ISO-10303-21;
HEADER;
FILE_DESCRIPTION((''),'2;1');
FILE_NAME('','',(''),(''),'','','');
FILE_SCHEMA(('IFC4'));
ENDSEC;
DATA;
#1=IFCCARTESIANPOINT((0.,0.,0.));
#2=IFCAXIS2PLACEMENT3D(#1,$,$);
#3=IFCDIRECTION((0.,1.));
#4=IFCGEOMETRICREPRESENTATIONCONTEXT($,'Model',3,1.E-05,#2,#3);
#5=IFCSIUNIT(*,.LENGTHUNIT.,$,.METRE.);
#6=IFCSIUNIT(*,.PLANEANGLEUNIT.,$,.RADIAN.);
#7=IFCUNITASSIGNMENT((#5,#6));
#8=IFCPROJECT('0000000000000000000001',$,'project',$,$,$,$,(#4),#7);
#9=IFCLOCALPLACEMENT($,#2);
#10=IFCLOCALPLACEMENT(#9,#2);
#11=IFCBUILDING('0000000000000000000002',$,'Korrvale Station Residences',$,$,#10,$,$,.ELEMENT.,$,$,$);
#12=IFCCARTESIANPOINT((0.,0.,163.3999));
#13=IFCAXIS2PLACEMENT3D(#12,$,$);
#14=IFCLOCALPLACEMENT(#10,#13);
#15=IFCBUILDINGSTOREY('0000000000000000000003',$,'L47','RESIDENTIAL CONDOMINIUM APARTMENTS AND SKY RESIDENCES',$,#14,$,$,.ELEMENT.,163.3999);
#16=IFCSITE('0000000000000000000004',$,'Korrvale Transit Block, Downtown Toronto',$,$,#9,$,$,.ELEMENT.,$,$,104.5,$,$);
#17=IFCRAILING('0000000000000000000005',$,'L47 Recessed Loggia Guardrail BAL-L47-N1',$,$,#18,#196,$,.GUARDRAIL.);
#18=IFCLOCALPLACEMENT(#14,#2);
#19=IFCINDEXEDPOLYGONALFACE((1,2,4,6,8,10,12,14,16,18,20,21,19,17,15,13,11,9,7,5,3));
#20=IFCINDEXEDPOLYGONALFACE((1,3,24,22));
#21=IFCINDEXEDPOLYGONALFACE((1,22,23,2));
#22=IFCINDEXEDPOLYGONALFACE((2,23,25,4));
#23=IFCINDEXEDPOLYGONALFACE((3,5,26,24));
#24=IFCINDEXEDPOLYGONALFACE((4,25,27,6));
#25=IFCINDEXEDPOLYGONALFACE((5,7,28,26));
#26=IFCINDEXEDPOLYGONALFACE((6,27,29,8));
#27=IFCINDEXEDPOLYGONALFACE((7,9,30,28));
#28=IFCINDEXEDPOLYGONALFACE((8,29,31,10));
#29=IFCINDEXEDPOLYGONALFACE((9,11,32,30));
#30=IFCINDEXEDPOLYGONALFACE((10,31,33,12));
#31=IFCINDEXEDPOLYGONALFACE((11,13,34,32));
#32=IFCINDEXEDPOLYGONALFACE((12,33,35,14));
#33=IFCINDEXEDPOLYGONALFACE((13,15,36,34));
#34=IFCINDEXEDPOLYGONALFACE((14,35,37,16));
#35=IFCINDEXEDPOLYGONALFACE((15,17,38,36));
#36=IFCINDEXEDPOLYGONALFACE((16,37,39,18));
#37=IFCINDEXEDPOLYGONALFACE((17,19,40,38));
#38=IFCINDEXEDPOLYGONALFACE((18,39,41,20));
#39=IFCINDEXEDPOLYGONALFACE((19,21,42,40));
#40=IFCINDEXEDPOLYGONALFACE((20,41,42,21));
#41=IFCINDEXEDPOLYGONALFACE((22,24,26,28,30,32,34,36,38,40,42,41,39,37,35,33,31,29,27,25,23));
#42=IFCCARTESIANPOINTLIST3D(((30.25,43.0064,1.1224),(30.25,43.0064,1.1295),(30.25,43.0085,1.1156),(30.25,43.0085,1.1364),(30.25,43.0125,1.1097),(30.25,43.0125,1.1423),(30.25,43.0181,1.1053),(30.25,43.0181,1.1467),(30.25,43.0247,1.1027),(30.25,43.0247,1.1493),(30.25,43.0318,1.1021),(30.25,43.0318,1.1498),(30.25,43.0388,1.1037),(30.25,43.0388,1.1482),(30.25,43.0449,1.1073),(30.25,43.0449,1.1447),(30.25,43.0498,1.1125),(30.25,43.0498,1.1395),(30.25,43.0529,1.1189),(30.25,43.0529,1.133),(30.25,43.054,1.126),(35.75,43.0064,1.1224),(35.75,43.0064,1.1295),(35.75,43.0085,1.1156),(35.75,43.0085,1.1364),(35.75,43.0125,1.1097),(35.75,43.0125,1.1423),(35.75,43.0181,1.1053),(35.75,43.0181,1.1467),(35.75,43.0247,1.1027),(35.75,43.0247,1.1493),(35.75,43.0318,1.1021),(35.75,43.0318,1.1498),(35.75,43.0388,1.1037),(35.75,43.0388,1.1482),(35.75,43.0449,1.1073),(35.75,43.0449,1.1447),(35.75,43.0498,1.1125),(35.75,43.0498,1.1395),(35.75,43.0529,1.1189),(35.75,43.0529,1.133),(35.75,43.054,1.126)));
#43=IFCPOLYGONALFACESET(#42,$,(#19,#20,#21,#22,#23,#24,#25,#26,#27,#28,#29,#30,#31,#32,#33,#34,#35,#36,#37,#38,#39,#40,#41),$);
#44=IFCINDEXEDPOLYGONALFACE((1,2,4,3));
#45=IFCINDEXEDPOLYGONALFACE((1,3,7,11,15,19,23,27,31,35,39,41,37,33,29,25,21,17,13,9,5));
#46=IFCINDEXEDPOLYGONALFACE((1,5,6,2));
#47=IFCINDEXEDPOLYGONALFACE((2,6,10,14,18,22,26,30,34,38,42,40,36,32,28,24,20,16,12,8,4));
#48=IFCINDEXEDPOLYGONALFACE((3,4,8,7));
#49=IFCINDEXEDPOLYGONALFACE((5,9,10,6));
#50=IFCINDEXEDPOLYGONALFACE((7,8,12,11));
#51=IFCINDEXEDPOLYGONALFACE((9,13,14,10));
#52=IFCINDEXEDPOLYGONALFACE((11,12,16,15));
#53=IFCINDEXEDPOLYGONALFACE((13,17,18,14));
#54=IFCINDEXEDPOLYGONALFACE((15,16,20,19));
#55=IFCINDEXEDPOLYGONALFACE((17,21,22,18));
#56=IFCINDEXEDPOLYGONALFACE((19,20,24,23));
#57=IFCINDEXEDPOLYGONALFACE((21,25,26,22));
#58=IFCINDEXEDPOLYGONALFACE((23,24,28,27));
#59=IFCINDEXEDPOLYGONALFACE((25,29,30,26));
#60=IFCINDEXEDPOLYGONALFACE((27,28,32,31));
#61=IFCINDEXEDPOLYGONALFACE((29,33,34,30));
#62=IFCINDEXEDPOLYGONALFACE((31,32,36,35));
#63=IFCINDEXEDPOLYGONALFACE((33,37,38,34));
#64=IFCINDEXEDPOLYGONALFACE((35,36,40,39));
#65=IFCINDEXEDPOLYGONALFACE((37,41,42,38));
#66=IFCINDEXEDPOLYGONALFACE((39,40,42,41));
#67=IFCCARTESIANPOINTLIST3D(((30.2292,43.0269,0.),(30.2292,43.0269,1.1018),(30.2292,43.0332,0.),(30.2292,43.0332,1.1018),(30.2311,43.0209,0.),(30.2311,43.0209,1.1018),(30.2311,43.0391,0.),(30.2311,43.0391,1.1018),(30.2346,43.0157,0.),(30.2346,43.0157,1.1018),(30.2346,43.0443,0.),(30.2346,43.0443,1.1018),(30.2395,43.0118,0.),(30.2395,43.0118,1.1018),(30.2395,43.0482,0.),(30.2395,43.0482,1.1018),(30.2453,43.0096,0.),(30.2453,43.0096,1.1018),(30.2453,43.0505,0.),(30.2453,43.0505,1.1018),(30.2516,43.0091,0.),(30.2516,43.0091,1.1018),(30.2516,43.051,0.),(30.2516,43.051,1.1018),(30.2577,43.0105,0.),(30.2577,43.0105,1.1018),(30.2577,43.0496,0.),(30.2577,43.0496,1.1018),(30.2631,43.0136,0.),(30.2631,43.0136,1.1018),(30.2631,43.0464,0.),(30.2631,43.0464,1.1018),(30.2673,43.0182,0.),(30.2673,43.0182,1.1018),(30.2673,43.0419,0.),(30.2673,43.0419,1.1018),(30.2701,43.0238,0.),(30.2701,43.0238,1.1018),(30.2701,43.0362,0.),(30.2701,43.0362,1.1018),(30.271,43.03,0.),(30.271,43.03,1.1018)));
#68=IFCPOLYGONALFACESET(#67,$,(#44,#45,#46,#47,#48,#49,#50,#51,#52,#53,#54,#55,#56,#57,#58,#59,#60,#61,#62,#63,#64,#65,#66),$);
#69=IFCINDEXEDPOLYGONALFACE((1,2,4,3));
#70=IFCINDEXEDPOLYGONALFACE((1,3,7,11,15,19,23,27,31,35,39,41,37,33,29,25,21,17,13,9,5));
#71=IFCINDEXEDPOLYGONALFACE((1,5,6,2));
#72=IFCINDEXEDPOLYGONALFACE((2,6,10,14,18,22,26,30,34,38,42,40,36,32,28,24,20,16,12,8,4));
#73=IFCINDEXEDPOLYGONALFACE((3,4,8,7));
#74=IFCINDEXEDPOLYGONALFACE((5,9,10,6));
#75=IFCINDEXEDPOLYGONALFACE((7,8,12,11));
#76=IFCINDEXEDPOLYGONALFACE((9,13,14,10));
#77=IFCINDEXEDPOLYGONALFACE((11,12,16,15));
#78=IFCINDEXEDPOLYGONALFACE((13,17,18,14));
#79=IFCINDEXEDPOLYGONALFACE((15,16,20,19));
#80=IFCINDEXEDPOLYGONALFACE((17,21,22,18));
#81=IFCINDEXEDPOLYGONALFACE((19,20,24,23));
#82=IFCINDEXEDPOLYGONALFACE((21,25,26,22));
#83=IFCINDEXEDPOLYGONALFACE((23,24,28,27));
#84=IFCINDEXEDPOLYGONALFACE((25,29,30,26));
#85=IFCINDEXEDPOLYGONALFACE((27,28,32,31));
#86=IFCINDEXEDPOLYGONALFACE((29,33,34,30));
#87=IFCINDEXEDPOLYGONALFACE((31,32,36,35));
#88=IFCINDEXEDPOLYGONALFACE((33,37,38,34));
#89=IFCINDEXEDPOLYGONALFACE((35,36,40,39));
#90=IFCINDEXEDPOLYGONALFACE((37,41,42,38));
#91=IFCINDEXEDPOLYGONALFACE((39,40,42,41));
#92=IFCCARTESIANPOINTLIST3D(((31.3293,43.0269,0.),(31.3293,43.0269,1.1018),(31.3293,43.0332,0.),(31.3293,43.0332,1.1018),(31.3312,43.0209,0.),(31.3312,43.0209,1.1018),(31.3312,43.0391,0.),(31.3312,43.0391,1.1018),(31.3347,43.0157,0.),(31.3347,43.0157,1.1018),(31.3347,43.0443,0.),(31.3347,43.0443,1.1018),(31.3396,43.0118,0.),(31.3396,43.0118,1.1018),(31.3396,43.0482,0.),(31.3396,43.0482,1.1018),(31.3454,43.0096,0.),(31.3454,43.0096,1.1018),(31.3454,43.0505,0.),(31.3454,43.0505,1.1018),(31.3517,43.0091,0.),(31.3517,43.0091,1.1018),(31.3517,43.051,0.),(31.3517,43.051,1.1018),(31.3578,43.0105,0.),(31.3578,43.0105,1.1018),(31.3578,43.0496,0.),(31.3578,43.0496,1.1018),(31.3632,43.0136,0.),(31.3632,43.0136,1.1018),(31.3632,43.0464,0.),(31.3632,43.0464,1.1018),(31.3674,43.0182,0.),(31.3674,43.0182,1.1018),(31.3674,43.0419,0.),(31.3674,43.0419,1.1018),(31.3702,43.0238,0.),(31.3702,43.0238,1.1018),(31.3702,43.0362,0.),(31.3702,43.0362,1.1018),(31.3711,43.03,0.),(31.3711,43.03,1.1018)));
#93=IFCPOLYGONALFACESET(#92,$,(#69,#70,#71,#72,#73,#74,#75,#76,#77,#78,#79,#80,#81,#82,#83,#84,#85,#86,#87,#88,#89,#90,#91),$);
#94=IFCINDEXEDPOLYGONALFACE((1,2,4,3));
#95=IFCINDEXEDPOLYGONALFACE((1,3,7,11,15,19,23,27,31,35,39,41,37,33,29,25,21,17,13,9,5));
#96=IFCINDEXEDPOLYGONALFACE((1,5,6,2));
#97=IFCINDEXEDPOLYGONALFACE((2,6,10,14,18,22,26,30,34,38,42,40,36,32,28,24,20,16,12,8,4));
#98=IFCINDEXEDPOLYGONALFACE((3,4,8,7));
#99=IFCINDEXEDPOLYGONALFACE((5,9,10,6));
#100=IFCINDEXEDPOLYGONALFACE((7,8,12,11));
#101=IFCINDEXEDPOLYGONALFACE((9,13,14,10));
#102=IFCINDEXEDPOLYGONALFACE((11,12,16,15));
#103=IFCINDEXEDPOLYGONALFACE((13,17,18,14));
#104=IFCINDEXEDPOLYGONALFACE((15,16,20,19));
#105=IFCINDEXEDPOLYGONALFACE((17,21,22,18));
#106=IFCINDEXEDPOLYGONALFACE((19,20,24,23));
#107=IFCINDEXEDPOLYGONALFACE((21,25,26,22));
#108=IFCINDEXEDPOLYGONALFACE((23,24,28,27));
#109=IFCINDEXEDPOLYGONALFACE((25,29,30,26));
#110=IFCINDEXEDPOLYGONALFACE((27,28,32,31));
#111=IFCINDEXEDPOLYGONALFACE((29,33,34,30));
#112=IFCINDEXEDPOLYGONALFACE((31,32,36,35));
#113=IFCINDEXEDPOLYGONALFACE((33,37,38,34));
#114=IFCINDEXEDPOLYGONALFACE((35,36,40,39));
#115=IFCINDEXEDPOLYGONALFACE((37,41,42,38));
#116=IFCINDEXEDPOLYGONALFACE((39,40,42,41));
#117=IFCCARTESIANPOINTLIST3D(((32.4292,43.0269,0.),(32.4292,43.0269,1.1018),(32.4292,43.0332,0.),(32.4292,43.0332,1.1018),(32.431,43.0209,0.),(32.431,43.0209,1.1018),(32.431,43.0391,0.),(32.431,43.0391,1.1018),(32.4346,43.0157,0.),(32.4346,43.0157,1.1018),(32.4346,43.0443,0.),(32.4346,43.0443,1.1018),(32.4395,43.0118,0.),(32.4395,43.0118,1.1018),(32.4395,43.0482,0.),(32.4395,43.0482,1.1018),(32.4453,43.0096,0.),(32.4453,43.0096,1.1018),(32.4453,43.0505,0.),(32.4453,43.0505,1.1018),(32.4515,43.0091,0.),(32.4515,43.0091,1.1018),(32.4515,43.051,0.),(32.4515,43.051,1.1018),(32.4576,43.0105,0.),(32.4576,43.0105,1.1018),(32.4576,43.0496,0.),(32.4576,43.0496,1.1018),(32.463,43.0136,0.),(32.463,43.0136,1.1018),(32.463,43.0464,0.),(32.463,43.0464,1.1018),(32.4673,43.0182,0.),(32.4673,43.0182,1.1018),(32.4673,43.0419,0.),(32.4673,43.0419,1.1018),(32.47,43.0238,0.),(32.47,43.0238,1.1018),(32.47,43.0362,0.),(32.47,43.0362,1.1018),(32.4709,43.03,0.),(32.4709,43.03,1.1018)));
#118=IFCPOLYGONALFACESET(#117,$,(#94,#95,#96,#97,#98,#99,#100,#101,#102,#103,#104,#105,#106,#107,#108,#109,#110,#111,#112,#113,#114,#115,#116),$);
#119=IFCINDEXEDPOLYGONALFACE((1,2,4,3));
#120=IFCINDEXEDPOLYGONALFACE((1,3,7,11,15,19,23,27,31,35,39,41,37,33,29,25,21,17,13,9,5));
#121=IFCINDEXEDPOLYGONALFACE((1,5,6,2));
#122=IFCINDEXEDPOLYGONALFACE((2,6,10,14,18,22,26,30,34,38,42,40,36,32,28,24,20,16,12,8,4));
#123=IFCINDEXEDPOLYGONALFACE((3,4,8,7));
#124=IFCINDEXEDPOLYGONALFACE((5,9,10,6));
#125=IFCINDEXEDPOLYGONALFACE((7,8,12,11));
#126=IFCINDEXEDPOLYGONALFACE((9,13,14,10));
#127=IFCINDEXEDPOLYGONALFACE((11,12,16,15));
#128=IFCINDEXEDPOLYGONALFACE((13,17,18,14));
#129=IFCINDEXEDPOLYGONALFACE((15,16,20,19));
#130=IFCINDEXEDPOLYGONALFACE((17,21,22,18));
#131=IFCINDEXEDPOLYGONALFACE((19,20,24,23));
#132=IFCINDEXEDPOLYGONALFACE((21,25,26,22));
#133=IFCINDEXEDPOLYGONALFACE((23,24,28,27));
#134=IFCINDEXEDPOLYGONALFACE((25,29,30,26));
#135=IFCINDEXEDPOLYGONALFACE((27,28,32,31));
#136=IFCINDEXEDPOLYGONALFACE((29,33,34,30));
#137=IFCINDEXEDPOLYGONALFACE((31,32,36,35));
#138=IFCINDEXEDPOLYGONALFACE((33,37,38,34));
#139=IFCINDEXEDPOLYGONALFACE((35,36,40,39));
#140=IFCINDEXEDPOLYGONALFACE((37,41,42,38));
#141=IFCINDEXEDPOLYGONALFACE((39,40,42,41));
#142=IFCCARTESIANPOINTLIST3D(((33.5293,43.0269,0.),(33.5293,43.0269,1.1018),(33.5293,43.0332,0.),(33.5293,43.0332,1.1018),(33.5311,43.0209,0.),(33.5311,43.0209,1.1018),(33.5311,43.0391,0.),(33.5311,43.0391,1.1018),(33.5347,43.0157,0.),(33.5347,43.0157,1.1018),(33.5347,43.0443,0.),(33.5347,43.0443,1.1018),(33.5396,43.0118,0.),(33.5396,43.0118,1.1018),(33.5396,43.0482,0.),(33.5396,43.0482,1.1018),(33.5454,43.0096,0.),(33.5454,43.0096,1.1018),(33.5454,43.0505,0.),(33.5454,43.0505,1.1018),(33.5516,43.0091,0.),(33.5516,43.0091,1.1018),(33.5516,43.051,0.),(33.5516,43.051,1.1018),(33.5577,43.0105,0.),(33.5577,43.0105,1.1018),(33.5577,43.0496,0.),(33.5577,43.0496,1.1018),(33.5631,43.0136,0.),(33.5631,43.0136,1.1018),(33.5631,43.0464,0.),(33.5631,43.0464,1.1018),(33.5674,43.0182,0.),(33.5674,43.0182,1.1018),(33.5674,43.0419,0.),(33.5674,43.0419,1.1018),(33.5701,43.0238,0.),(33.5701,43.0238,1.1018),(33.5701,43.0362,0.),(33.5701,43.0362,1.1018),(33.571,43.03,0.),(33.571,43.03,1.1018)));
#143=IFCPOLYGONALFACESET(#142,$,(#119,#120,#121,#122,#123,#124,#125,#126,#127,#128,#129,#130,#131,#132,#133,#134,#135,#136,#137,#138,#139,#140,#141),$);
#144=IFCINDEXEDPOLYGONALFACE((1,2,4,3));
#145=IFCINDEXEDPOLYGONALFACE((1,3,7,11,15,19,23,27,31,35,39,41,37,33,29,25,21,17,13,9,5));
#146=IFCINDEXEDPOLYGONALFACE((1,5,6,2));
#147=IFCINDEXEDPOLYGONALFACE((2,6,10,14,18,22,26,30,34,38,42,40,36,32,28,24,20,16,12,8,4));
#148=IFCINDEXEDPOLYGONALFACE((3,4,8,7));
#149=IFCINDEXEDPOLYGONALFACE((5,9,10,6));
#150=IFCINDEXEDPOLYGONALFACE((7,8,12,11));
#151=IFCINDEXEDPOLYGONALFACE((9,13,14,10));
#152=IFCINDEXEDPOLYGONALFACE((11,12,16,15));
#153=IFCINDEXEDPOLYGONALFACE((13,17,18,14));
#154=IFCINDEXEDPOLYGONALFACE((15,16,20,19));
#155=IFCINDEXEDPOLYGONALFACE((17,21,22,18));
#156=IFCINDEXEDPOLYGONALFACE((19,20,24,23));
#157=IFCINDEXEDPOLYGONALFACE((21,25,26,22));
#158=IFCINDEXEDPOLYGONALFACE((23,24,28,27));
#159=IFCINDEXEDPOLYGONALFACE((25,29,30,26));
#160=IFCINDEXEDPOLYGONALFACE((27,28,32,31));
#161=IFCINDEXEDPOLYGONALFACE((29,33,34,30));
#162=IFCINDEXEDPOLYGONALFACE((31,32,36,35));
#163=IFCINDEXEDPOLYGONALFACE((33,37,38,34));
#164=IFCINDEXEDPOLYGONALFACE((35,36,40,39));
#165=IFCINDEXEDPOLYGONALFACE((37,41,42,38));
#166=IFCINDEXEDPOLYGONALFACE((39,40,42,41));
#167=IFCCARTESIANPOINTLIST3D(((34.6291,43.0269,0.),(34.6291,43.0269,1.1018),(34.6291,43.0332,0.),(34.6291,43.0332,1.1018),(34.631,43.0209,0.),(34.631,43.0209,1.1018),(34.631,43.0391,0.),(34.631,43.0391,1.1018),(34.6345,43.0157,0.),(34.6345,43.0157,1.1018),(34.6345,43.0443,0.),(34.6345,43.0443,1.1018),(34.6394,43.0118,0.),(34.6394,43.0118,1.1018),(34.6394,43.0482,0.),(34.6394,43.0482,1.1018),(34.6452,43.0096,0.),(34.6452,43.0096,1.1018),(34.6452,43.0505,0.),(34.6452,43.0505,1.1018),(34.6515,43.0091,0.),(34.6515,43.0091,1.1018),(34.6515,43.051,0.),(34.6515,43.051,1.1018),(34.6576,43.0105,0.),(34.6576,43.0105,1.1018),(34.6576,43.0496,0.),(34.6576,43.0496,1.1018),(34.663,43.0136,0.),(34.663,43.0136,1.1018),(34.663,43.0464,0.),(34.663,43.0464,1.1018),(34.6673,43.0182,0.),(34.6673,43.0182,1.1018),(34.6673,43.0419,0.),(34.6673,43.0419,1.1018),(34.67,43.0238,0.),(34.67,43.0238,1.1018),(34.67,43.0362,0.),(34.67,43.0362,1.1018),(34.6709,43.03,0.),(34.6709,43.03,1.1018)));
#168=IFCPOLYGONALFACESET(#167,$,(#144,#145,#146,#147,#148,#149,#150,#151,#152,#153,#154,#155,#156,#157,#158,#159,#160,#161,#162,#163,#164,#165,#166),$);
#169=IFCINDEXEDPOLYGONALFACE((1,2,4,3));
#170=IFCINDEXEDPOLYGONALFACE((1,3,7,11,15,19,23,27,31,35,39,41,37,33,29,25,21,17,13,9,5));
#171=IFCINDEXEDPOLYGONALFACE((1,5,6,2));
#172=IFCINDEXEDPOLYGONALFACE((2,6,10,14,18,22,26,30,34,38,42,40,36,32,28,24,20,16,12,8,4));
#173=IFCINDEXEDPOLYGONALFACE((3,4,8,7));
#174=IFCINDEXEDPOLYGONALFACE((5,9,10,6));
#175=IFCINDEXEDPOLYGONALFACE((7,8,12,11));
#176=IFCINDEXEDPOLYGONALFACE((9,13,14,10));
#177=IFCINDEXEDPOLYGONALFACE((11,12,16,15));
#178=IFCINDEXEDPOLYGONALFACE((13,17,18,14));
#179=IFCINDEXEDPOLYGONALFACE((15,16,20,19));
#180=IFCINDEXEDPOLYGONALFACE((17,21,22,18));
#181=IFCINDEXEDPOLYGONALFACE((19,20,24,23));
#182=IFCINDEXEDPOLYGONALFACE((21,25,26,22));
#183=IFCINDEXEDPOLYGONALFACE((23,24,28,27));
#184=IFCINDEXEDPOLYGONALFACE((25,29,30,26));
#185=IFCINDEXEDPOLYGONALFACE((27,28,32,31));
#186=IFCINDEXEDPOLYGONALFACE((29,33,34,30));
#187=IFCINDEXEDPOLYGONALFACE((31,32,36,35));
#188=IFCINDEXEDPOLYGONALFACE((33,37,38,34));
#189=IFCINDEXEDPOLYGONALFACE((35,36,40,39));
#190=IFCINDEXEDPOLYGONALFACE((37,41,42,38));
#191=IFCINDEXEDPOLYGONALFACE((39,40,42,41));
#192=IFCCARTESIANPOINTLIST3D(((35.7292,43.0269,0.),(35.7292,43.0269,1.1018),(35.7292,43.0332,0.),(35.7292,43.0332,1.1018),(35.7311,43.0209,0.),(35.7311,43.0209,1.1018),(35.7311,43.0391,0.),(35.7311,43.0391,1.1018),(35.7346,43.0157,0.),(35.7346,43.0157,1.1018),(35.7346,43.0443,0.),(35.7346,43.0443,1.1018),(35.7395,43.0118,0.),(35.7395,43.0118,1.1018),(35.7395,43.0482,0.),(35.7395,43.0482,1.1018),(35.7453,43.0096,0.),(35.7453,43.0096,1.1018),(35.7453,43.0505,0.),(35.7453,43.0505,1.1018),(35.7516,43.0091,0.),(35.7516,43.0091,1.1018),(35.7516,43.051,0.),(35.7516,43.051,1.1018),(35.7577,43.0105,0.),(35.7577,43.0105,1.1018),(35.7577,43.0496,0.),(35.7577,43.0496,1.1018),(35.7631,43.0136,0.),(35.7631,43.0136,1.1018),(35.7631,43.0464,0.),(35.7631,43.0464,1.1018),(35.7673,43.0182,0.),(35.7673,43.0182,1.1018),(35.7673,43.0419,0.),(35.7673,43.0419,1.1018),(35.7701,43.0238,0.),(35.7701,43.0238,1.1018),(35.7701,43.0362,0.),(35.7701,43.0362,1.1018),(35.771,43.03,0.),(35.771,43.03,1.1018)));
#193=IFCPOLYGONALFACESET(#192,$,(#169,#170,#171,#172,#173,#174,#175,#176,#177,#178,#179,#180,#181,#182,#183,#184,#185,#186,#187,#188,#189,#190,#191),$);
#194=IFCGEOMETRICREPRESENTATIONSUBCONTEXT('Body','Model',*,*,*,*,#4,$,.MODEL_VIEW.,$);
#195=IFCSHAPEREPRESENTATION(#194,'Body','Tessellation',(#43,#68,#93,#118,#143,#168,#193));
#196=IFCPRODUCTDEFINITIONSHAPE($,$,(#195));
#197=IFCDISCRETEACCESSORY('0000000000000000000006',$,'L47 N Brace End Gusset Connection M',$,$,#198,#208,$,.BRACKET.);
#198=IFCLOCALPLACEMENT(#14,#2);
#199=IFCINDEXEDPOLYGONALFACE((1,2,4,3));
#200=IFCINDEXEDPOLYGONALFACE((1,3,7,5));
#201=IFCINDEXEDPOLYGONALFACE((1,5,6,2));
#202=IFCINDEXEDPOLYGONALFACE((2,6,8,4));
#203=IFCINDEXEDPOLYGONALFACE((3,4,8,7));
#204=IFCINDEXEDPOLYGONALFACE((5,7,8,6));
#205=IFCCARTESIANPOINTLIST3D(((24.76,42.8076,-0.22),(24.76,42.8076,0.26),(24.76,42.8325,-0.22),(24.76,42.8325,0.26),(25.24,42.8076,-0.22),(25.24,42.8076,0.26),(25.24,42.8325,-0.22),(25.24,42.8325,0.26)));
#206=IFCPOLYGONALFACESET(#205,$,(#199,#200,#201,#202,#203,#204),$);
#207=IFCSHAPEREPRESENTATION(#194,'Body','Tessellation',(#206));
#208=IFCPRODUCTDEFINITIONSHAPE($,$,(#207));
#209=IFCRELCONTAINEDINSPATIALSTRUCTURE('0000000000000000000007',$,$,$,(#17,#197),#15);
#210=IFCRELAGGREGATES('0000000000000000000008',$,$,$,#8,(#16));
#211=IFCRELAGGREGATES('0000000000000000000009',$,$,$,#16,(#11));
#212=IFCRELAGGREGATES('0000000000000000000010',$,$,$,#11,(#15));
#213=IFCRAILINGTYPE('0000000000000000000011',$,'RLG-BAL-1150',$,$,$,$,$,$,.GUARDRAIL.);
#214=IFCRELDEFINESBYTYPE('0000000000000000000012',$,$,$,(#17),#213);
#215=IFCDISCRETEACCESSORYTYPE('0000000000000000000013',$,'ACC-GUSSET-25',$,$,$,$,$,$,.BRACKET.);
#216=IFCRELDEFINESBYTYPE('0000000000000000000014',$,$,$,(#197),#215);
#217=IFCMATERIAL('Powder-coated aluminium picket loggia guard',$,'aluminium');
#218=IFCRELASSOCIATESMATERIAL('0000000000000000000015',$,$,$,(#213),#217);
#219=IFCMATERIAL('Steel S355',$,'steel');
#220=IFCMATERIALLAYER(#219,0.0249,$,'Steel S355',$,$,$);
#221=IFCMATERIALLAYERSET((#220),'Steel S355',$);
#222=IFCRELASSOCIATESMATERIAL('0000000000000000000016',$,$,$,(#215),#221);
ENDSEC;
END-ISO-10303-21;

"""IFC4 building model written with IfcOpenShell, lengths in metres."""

from ifc_helpers import new_model, si_unit, direction, frame, origin, origin_2d, place, context, subcontext, project, spatial, rectangle, circle, extrude, material, layer, layer_set, type_object, element, save


model = new_model("IFC4")

# Units and contexts
model_context = context("Model", 3, precision=1e-05, world=origin(), true_north=direction((0.0, 1.0)))
body_context = subcontext(model_context, "Body", "Model", "MODEL_VIEW")
ifc_project = project(units=[si_unit("LENGTHUNIT", "METRE"), si_unit("PLANEANGLEUNIT", "RADIAN")], contexts=[model_context])

# Site, building, storey
site_placement = place(None, origin())
site = spatial("IfcSite", under=ifc_project, at=site_placement, Name="Korrvale Transit Block, Downtown Toronto", CompositionType="ELEMENT", RefElevation=104.5)
building_placement = place(site_placement, origin())
building = spatial("IfcBuilding", under=site, at=building_placement, Name="Korrvale Station Residences", CompositionType="ELEMENT")
storey_placement = place(building_placement, frame((0.0, 0.0, 163.3999)))
storey = spatial("IfcBuildingStorey", under=building, at=storey_placement, Name="L47", Description="RESIDENTIAL CONDOMINIUM APARTMENTS AND SKY RESIDENCES", CompositionType="ELEMENT", Elevation=163.3999)

# Shared definitions
ifc_material_1 = material(Name="Steel S355", Category="steel")

# Railing
ifc_material_2 = material(Name="Powder-coated aluminium picket loggia guard", Category="aluminium")
railing_type = type_object("IfcRailingType", Name="RLG-BAL-1150", PredefinedType="GUARDRAIL", material=ifc_material_2)
railing_placement = place(storey_placement, frame((30.25, 43.03, 0.0)))
element("IfcRailing", 1, at=railing_placement, inside=storey, type_object=railing_type, Name="L47 Recessed Loggia Guardrail BAL-L47-N1", PredefinedType="GUARDRAIL", context=body_context, shape_type="SweptSolid", body=[
    extrude(circle(Radius=0.0239, at=origin_2d()), frame((0.0, 0.0, 1.126), z_axis=(1.0, 0.0, 0.0), x_axis=(0.0, 1.0, 0.0)), (0.0, 0.0, 1.0), 5.5),
    extrude(circle(Radius=0.021, at=origin_2d()), origin(), (0.0, 0.0, 1.0), 1.1018),
    extrude(circle(Radius=0.021, at=origin_2d()), frame((1.1001, 0.0, 0.0)), (0.0, 0.0, 1.0), 1.1018),
    extrude(circle(Radius=0.021, at=origin_2d()), frame((2.2, 0.0, 0.0)), (0.0, 0.0, 1.0), 1.1018),
    extrude(circle(Radius=0.021, at=origin_2d()), frame((3.3, 0.0, 0.0)), (0.0, 0.0, 1.0), 1.1018),
    extrude(circle(Radius=0.021, at=origin_2d()), frame((4.3999, 0.0, 0.0)), (0.0, 0.0, 1.0), 1.1018),
    extrude(circle(Radius=0.021, at=origin_2d()), frame((5.5, 0.0, 0.0)), (0.0, 0.0, 1.0), 1.1018),
])

# Discrete accessory
ifc_layer_1 = layer(ifc_material_1, 0.0249, Name="Steel S355")
ifc_layer_set_1 = layer_set([ifc_layer_1], Name="Steel S355")
discrete_accessory_type = type_object("IfcDiscreteAccessoryType", Name="ACC-GUSSET-25", PredefinedType="BRACKET", material=ifc_layer_set_1)
for number, where, z_axis, x_axis, name in (
    (2, (25.0, 42.8201, -0.22), (0.0, 0.0, 1.0), (1.0, 0.0, 0.0), "L47 N Brace End Gusset Connection M"),
):
    element("IfcDiscreteAccessory", number, at=place(storey_placement, frame(where, z_axis=z_axis, x_axis=x_axis)), inside=storey, type_object=discrete_accessory_type, Name=name, PredefinedType="BRACKET", context=body_context, shape_type="SweptSolid", body=[
        extrude(rectangle(XDim=0.48, YDim=0.0249, at=origin_2d()), origin(), (0.0, 0.0, 1.0), 0.48),
    ])

save(model, "model.ifc")
